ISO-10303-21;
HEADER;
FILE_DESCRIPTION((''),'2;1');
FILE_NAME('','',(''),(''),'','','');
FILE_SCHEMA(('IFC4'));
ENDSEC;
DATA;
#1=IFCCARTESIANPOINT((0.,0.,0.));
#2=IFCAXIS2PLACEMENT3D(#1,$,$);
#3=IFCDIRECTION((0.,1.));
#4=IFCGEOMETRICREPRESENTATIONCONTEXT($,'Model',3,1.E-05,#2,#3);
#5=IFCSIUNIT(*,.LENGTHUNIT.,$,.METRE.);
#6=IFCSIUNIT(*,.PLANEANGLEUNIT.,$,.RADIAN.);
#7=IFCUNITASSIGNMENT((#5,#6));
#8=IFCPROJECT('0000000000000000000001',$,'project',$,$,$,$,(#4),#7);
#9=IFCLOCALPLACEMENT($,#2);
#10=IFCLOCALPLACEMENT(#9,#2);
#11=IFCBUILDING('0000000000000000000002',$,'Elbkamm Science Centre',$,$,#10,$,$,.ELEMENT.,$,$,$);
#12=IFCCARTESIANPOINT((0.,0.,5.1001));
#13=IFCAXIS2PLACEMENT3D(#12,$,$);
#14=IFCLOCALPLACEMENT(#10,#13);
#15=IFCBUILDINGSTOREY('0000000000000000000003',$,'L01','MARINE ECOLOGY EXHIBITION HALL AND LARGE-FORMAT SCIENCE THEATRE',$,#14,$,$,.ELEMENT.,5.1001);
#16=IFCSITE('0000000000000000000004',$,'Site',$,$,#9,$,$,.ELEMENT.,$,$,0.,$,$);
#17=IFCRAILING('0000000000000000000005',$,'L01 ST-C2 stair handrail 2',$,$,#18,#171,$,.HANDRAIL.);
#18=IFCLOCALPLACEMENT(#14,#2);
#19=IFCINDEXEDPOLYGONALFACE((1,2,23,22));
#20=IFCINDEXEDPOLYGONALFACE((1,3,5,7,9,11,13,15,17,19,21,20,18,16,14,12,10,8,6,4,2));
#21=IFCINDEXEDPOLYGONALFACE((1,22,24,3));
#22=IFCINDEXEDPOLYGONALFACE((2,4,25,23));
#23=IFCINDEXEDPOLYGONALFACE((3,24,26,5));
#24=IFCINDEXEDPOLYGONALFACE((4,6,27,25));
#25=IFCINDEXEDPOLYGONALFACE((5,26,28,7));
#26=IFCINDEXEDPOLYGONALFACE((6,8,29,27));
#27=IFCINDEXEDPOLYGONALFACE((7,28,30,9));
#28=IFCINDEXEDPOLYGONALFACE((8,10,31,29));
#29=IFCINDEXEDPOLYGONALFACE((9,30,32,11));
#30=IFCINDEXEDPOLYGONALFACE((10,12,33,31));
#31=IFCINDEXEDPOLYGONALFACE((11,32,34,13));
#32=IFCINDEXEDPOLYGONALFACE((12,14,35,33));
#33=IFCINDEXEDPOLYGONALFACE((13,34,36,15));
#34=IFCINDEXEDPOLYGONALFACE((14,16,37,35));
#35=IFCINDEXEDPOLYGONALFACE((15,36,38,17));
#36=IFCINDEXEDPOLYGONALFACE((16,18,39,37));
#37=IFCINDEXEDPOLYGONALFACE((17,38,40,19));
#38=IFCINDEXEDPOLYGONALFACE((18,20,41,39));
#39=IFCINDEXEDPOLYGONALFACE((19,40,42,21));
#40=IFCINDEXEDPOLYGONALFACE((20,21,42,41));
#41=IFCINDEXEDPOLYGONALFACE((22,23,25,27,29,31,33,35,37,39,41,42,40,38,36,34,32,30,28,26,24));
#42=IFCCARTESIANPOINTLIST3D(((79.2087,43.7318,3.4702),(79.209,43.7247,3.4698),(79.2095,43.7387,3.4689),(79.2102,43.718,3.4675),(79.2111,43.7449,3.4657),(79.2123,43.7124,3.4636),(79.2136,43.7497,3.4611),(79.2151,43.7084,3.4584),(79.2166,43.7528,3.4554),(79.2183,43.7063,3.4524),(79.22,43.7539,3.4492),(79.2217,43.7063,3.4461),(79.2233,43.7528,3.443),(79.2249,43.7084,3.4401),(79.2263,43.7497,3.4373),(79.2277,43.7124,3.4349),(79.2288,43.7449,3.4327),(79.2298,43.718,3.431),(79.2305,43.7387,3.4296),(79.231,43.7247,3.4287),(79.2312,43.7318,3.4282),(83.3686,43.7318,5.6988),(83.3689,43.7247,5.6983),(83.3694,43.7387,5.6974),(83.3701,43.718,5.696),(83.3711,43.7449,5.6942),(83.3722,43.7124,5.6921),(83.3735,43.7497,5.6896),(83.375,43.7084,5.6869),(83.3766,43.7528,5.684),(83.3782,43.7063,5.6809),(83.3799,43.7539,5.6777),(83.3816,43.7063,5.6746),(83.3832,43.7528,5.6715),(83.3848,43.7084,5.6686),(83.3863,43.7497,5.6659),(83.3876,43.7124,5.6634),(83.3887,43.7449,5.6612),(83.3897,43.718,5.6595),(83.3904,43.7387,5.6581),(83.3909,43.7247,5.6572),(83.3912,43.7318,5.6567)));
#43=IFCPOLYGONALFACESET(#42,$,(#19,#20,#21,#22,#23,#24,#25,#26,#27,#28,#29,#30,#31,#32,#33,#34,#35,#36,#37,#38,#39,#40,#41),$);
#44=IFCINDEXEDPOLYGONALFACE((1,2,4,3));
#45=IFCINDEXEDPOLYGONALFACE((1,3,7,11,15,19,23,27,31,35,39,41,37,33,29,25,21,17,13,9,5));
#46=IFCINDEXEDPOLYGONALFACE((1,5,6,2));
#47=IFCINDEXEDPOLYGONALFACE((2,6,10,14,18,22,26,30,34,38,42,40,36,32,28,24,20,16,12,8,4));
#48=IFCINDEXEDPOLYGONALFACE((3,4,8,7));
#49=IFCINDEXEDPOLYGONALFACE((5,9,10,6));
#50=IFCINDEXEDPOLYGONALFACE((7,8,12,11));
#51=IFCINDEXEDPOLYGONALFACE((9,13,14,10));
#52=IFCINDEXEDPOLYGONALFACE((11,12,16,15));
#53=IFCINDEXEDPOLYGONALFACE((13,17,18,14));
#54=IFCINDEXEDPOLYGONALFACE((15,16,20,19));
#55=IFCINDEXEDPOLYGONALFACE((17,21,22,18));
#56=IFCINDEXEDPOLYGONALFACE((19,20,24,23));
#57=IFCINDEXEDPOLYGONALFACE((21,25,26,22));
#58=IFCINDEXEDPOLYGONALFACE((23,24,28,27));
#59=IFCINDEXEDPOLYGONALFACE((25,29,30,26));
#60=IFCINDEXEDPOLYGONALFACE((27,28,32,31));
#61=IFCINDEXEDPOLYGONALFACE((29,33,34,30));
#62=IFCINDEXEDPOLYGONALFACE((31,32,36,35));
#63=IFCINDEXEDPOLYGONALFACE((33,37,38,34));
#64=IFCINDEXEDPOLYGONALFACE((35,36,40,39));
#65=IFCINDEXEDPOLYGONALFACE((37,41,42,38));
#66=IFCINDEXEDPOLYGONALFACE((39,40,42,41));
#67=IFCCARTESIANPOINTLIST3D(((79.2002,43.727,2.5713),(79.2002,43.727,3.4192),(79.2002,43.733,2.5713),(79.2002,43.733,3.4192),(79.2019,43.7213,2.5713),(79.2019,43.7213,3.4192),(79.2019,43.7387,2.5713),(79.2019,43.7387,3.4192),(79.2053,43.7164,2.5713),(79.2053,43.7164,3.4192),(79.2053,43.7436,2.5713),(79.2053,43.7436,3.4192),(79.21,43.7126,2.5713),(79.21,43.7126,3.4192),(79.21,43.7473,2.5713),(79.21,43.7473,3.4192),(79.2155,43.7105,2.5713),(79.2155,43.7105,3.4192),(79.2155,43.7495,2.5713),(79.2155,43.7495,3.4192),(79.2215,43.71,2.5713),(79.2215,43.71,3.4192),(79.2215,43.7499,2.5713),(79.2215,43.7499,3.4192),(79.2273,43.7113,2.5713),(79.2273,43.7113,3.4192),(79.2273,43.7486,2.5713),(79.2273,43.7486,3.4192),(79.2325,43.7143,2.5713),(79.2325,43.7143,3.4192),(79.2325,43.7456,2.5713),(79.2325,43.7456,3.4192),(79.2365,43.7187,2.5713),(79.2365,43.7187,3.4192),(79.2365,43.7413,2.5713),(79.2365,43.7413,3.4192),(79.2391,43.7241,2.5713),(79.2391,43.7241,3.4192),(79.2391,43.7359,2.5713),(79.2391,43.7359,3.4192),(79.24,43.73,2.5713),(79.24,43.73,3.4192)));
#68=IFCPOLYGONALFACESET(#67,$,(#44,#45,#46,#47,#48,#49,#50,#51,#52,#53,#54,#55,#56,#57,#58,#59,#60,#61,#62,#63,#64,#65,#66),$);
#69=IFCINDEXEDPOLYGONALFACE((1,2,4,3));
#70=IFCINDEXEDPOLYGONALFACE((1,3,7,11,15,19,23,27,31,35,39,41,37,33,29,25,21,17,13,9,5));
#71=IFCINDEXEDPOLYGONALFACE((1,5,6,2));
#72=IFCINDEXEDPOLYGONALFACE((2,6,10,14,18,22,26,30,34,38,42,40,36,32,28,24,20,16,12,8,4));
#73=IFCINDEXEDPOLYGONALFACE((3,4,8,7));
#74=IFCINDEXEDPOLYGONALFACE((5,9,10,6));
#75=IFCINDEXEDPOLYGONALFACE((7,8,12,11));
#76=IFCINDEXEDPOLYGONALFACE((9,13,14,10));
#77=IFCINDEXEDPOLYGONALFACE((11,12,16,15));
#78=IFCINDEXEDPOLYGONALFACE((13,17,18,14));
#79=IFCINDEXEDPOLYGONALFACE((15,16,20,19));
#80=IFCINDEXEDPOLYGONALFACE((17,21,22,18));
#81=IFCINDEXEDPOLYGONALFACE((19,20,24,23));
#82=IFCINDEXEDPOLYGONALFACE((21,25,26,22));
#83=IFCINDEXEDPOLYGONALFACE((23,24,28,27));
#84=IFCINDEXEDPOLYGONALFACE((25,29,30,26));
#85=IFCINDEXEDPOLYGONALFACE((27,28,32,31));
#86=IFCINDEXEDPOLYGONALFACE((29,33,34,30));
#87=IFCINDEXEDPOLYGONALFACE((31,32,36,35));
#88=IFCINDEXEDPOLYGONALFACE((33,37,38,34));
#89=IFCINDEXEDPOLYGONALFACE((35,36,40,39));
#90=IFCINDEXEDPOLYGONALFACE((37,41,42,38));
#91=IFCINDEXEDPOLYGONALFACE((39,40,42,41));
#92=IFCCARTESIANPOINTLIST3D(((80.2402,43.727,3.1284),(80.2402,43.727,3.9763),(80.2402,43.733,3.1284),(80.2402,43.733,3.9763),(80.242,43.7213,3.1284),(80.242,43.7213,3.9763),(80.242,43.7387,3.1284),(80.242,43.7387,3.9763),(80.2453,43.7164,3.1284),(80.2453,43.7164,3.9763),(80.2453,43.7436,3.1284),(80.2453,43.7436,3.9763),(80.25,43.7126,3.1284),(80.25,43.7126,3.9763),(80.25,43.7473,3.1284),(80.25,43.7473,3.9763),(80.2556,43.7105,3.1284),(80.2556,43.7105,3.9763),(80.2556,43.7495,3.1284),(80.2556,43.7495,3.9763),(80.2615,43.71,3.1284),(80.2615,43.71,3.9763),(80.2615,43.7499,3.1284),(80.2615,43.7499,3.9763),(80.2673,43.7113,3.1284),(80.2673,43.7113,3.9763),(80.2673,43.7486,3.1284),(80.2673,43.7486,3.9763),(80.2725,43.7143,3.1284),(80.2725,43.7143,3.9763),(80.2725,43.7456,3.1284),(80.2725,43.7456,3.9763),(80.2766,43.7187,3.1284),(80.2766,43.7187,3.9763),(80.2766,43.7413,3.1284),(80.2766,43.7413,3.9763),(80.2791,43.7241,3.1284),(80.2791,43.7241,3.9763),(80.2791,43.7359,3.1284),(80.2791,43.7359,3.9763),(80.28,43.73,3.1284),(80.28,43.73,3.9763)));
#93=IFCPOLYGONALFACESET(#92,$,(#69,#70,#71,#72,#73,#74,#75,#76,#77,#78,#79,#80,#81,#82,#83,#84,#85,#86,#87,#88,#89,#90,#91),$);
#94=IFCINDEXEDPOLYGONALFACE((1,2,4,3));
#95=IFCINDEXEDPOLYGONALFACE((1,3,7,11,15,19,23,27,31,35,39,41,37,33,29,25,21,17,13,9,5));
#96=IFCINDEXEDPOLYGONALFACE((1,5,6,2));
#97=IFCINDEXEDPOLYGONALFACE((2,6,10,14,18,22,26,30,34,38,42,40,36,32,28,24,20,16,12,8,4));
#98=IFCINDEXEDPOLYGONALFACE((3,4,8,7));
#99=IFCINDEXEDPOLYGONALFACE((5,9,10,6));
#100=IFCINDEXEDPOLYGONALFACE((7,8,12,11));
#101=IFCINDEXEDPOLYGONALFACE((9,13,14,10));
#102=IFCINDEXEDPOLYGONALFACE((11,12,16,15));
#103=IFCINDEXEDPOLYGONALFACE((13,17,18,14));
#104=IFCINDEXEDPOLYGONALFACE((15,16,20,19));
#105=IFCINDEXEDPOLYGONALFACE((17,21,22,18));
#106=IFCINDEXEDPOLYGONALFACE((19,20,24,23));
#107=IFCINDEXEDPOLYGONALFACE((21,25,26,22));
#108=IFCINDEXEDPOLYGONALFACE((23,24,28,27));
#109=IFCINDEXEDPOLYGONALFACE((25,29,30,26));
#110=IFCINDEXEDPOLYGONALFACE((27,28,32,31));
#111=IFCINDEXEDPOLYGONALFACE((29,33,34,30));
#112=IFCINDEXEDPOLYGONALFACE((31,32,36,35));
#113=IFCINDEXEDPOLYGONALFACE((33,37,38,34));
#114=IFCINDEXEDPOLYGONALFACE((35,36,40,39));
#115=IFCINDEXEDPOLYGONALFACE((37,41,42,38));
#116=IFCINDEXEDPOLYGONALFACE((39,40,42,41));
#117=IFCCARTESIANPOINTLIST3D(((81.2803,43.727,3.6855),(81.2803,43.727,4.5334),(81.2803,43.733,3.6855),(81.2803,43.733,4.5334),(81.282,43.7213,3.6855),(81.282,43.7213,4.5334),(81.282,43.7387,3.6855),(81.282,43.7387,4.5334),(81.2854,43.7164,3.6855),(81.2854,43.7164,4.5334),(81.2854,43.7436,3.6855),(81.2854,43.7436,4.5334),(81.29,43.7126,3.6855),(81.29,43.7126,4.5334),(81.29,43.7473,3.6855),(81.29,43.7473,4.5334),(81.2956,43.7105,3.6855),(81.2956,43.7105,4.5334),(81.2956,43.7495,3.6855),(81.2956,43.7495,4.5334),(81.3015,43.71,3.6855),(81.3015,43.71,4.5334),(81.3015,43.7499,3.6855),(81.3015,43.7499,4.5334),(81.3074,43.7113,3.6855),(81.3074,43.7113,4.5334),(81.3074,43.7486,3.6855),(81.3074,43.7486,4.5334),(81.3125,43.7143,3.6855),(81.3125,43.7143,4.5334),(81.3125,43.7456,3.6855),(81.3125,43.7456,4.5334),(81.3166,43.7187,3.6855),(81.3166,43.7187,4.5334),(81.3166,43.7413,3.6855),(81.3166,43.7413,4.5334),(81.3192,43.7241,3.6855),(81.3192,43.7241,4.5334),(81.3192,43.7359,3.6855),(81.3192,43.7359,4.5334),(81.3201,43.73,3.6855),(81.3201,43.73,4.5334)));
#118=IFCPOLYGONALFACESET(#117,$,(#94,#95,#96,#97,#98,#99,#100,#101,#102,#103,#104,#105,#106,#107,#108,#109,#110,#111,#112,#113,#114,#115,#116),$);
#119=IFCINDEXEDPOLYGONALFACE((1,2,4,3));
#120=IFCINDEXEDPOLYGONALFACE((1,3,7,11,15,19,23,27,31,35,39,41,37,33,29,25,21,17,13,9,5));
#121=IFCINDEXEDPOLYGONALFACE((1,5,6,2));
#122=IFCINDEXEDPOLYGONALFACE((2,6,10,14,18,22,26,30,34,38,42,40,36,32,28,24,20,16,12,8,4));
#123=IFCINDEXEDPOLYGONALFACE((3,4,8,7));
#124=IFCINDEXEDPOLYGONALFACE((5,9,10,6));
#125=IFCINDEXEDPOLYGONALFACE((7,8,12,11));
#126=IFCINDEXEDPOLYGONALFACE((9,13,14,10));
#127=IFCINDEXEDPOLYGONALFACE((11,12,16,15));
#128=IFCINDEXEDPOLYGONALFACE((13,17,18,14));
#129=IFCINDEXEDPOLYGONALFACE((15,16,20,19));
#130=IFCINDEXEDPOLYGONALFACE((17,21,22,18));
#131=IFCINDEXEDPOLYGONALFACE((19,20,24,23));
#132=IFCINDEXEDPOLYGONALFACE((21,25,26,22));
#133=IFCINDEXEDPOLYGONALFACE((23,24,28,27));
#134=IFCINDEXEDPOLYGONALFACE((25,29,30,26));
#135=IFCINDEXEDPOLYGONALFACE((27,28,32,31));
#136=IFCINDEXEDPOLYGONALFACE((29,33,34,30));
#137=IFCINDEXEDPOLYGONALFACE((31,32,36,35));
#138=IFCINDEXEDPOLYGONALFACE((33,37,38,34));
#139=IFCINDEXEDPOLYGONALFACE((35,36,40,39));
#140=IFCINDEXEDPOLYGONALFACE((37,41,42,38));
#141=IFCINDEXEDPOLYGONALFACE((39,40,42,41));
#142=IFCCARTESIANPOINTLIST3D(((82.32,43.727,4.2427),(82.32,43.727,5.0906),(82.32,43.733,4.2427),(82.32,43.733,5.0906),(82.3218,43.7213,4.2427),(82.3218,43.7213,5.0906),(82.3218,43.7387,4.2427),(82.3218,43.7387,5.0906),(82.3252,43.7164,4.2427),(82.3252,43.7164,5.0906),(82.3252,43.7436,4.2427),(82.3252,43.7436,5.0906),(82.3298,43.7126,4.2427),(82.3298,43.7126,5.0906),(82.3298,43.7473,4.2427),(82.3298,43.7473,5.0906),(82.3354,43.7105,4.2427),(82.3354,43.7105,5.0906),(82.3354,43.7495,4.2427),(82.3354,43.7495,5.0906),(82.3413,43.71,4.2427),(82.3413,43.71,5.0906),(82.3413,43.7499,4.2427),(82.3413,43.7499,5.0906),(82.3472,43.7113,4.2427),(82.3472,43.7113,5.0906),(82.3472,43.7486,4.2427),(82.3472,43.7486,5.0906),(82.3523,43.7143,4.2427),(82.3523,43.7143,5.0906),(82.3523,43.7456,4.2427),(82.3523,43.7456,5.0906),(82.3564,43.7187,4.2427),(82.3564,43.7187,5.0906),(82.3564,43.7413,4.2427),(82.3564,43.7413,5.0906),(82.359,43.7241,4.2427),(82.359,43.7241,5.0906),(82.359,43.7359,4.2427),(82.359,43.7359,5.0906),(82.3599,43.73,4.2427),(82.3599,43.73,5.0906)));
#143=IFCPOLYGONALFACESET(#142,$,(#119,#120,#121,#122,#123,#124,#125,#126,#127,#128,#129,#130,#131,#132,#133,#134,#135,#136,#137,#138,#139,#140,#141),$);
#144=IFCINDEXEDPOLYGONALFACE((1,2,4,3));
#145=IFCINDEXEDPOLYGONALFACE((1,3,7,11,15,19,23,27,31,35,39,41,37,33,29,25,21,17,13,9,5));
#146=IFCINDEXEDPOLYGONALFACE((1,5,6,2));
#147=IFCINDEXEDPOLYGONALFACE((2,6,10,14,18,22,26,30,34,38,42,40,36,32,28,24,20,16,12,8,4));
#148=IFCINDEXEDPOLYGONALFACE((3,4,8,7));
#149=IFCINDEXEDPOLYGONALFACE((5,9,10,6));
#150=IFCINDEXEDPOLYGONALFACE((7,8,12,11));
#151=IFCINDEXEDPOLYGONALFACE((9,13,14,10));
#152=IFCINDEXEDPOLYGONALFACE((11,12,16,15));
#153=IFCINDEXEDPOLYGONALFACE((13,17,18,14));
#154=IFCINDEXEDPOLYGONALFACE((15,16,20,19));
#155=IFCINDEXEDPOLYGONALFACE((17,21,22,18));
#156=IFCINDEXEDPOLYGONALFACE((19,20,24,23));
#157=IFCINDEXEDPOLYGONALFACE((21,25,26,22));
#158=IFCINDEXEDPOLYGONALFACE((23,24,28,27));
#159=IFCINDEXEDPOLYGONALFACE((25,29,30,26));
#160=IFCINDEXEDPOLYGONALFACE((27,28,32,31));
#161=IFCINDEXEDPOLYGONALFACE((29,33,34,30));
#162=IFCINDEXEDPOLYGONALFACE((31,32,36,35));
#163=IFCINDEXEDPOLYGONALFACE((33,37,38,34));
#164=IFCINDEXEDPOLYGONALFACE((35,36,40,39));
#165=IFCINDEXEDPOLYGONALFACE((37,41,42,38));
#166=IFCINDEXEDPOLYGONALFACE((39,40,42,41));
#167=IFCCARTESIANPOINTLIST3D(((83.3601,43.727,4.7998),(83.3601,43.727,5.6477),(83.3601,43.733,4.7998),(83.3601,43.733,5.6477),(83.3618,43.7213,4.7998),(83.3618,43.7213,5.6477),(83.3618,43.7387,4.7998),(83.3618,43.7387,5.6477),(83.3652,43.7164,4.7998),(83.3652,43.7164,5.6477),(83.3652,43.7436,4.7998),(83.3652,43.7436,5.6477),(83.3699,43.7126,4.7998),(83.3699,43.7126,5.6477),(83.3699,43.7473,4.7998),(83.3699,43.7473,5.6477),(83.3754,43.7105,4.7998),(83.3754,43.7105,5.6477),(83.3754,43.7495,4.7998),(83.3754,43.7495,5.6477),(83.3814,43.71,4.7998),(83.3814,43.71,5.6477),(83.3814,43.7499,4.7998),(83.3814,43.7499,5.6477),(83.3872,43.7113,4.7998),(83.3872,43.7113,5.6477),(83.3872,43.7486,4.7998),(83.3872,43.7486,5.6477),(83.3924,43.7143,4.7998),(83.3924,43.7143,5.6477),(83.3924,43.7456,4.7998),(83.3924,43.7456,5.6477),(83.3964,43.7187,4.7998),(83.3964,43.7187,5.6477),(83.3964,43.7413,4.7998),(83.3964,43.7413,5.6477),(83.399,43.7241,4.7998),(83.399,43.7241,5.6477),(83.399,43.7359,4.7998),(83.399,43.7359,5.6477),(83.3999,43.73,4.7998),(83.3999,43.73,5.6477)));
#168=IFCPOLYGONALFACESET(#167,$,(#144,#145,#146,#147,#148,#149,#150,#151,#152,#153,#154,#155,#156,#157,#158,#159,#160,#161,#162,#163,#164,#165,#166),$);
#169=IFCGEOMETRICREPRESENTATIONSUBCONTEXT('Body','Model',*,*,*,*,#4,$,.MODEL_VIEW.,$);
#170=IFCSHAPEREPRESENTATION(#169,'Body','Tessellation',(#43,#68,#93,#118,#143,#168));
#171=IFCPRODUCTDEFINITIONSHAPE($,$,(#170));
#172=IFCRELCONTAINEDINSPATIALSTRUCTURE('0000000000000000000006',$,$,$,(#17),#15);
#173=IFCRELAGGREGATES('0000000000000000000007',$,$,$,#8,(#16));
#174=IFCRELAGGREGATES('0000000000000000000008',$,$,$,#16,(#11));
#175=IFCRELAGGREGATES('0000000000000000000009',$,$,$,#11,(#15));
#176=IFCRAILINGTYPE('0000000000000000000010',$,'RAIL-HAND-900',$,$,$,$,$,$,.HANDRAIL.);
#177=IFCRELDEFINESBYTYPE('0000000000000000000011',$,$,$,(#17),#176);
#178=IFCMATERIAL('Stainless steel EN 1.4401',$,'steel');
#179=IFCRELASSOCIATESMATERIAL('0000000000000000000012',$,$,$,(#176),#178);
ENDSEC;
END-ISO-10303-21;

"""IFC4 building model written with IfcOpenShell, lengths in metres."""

from ifc_helpers import new_model, si_unit, direction, frame, origin, origin_2d, place, context, subcontext, project, spatial, circle, extrude, material, type_object, element, save


model = new_model("IFC4")

# Units and contexts
model_context = context("Model", 3, precision=1e-05, world=origin(), true_north=direction((0.0, 1.0)))
body_context = subcontext(model_context, "Body", "Model", "MODEL_VIEW")
ifc_project = project(units=[si_unit("LENGTHUNIT", "METRE"), si_unit("PLANEANGLEUNIT", "RADIAN")], contexts=[model_context])

# Site, building, storey
site_placement = place(None, origin())
site = spatial("IfcSite", under=ifc_project, at=site_placement, Name="Site", CompositionType="ELEMENT", RefElevation=0.0)
building_placement = place(site_placement, origin())
building = spatial("IfcBuilding", under=site, at=building_placement, Name="Elbkamm Science Centre", CompositionType="ELEMENT")
storey_placement = place(building_placement, frame((0.0, 0.0, 5.1001)))
storey = spatial("IfcBuildingStorey", under=building, at=storey_placement, Name="L01", Description="MARINE ECOLOGY EXHIBITION HALL AND LARGE-FORMAT SCIENCE THEATRE", CompositionType="ELEMENT", Elevation=5.1001)

# Railing
ifc_material_1 = material(Name="Stainless steel EN 1.4401", Category="steel")
railing_type_1 = type_object("IfcRailingType", Name="RAIL-HAND-900", PredefinedType="HANDRAIL", material=ifc_material_1)
railing_1_placement = place(storey_placement, frame((79.22, 43.73, 2.5713)))
element("IfcRailing", 1, at=railing_1_placement, inside=storey, type_object=railing_type_1, Name="L01 ST-C2 stair handrail 2", PredefinedType="HANDRAIL", context=body_context, shape_type="SweptSolid", body=[
    extrude(circle(Radius=0.0239, at=origin_2d()), frame((0.0, 0.0, 0.8779), z_axis=(0.881481, 0.0, 0.47222), x_axis=(0.0, 1.0, 0.0)), (0.0, 0.0, 1.0), 4.7192),
    extrude(circle(Radius=0.02, at=origin_2d()), origin(), (0.0, 0.0, 1.0), 0.8479),
    extrude(circle(Radius=0.02, at=origin_2d()), frame((1.04, 0.0, 0.5571)), (0.0, 0.0, 1.0), 0.8479),
    extrude(circle(Radius=0.02, at=origin_2d()), frame((2.0801, 0.0, 1.1143)), (0.0, 0.0, 1.0), 0.8479),
    extrude(circle(Radius=0.02, at=origin_2d()), frame((3.1199, 0.0, 1.6714)), (0.0, 0.0, 1.0), 0.8479),
    extrude(circle(Radius=0.02, at=origin_2d()), frame((4.1599, 0.0, 2.2285)), (0.0, 0.0, 1.0), 0.8479),
])

save(model, "model.ifc")
